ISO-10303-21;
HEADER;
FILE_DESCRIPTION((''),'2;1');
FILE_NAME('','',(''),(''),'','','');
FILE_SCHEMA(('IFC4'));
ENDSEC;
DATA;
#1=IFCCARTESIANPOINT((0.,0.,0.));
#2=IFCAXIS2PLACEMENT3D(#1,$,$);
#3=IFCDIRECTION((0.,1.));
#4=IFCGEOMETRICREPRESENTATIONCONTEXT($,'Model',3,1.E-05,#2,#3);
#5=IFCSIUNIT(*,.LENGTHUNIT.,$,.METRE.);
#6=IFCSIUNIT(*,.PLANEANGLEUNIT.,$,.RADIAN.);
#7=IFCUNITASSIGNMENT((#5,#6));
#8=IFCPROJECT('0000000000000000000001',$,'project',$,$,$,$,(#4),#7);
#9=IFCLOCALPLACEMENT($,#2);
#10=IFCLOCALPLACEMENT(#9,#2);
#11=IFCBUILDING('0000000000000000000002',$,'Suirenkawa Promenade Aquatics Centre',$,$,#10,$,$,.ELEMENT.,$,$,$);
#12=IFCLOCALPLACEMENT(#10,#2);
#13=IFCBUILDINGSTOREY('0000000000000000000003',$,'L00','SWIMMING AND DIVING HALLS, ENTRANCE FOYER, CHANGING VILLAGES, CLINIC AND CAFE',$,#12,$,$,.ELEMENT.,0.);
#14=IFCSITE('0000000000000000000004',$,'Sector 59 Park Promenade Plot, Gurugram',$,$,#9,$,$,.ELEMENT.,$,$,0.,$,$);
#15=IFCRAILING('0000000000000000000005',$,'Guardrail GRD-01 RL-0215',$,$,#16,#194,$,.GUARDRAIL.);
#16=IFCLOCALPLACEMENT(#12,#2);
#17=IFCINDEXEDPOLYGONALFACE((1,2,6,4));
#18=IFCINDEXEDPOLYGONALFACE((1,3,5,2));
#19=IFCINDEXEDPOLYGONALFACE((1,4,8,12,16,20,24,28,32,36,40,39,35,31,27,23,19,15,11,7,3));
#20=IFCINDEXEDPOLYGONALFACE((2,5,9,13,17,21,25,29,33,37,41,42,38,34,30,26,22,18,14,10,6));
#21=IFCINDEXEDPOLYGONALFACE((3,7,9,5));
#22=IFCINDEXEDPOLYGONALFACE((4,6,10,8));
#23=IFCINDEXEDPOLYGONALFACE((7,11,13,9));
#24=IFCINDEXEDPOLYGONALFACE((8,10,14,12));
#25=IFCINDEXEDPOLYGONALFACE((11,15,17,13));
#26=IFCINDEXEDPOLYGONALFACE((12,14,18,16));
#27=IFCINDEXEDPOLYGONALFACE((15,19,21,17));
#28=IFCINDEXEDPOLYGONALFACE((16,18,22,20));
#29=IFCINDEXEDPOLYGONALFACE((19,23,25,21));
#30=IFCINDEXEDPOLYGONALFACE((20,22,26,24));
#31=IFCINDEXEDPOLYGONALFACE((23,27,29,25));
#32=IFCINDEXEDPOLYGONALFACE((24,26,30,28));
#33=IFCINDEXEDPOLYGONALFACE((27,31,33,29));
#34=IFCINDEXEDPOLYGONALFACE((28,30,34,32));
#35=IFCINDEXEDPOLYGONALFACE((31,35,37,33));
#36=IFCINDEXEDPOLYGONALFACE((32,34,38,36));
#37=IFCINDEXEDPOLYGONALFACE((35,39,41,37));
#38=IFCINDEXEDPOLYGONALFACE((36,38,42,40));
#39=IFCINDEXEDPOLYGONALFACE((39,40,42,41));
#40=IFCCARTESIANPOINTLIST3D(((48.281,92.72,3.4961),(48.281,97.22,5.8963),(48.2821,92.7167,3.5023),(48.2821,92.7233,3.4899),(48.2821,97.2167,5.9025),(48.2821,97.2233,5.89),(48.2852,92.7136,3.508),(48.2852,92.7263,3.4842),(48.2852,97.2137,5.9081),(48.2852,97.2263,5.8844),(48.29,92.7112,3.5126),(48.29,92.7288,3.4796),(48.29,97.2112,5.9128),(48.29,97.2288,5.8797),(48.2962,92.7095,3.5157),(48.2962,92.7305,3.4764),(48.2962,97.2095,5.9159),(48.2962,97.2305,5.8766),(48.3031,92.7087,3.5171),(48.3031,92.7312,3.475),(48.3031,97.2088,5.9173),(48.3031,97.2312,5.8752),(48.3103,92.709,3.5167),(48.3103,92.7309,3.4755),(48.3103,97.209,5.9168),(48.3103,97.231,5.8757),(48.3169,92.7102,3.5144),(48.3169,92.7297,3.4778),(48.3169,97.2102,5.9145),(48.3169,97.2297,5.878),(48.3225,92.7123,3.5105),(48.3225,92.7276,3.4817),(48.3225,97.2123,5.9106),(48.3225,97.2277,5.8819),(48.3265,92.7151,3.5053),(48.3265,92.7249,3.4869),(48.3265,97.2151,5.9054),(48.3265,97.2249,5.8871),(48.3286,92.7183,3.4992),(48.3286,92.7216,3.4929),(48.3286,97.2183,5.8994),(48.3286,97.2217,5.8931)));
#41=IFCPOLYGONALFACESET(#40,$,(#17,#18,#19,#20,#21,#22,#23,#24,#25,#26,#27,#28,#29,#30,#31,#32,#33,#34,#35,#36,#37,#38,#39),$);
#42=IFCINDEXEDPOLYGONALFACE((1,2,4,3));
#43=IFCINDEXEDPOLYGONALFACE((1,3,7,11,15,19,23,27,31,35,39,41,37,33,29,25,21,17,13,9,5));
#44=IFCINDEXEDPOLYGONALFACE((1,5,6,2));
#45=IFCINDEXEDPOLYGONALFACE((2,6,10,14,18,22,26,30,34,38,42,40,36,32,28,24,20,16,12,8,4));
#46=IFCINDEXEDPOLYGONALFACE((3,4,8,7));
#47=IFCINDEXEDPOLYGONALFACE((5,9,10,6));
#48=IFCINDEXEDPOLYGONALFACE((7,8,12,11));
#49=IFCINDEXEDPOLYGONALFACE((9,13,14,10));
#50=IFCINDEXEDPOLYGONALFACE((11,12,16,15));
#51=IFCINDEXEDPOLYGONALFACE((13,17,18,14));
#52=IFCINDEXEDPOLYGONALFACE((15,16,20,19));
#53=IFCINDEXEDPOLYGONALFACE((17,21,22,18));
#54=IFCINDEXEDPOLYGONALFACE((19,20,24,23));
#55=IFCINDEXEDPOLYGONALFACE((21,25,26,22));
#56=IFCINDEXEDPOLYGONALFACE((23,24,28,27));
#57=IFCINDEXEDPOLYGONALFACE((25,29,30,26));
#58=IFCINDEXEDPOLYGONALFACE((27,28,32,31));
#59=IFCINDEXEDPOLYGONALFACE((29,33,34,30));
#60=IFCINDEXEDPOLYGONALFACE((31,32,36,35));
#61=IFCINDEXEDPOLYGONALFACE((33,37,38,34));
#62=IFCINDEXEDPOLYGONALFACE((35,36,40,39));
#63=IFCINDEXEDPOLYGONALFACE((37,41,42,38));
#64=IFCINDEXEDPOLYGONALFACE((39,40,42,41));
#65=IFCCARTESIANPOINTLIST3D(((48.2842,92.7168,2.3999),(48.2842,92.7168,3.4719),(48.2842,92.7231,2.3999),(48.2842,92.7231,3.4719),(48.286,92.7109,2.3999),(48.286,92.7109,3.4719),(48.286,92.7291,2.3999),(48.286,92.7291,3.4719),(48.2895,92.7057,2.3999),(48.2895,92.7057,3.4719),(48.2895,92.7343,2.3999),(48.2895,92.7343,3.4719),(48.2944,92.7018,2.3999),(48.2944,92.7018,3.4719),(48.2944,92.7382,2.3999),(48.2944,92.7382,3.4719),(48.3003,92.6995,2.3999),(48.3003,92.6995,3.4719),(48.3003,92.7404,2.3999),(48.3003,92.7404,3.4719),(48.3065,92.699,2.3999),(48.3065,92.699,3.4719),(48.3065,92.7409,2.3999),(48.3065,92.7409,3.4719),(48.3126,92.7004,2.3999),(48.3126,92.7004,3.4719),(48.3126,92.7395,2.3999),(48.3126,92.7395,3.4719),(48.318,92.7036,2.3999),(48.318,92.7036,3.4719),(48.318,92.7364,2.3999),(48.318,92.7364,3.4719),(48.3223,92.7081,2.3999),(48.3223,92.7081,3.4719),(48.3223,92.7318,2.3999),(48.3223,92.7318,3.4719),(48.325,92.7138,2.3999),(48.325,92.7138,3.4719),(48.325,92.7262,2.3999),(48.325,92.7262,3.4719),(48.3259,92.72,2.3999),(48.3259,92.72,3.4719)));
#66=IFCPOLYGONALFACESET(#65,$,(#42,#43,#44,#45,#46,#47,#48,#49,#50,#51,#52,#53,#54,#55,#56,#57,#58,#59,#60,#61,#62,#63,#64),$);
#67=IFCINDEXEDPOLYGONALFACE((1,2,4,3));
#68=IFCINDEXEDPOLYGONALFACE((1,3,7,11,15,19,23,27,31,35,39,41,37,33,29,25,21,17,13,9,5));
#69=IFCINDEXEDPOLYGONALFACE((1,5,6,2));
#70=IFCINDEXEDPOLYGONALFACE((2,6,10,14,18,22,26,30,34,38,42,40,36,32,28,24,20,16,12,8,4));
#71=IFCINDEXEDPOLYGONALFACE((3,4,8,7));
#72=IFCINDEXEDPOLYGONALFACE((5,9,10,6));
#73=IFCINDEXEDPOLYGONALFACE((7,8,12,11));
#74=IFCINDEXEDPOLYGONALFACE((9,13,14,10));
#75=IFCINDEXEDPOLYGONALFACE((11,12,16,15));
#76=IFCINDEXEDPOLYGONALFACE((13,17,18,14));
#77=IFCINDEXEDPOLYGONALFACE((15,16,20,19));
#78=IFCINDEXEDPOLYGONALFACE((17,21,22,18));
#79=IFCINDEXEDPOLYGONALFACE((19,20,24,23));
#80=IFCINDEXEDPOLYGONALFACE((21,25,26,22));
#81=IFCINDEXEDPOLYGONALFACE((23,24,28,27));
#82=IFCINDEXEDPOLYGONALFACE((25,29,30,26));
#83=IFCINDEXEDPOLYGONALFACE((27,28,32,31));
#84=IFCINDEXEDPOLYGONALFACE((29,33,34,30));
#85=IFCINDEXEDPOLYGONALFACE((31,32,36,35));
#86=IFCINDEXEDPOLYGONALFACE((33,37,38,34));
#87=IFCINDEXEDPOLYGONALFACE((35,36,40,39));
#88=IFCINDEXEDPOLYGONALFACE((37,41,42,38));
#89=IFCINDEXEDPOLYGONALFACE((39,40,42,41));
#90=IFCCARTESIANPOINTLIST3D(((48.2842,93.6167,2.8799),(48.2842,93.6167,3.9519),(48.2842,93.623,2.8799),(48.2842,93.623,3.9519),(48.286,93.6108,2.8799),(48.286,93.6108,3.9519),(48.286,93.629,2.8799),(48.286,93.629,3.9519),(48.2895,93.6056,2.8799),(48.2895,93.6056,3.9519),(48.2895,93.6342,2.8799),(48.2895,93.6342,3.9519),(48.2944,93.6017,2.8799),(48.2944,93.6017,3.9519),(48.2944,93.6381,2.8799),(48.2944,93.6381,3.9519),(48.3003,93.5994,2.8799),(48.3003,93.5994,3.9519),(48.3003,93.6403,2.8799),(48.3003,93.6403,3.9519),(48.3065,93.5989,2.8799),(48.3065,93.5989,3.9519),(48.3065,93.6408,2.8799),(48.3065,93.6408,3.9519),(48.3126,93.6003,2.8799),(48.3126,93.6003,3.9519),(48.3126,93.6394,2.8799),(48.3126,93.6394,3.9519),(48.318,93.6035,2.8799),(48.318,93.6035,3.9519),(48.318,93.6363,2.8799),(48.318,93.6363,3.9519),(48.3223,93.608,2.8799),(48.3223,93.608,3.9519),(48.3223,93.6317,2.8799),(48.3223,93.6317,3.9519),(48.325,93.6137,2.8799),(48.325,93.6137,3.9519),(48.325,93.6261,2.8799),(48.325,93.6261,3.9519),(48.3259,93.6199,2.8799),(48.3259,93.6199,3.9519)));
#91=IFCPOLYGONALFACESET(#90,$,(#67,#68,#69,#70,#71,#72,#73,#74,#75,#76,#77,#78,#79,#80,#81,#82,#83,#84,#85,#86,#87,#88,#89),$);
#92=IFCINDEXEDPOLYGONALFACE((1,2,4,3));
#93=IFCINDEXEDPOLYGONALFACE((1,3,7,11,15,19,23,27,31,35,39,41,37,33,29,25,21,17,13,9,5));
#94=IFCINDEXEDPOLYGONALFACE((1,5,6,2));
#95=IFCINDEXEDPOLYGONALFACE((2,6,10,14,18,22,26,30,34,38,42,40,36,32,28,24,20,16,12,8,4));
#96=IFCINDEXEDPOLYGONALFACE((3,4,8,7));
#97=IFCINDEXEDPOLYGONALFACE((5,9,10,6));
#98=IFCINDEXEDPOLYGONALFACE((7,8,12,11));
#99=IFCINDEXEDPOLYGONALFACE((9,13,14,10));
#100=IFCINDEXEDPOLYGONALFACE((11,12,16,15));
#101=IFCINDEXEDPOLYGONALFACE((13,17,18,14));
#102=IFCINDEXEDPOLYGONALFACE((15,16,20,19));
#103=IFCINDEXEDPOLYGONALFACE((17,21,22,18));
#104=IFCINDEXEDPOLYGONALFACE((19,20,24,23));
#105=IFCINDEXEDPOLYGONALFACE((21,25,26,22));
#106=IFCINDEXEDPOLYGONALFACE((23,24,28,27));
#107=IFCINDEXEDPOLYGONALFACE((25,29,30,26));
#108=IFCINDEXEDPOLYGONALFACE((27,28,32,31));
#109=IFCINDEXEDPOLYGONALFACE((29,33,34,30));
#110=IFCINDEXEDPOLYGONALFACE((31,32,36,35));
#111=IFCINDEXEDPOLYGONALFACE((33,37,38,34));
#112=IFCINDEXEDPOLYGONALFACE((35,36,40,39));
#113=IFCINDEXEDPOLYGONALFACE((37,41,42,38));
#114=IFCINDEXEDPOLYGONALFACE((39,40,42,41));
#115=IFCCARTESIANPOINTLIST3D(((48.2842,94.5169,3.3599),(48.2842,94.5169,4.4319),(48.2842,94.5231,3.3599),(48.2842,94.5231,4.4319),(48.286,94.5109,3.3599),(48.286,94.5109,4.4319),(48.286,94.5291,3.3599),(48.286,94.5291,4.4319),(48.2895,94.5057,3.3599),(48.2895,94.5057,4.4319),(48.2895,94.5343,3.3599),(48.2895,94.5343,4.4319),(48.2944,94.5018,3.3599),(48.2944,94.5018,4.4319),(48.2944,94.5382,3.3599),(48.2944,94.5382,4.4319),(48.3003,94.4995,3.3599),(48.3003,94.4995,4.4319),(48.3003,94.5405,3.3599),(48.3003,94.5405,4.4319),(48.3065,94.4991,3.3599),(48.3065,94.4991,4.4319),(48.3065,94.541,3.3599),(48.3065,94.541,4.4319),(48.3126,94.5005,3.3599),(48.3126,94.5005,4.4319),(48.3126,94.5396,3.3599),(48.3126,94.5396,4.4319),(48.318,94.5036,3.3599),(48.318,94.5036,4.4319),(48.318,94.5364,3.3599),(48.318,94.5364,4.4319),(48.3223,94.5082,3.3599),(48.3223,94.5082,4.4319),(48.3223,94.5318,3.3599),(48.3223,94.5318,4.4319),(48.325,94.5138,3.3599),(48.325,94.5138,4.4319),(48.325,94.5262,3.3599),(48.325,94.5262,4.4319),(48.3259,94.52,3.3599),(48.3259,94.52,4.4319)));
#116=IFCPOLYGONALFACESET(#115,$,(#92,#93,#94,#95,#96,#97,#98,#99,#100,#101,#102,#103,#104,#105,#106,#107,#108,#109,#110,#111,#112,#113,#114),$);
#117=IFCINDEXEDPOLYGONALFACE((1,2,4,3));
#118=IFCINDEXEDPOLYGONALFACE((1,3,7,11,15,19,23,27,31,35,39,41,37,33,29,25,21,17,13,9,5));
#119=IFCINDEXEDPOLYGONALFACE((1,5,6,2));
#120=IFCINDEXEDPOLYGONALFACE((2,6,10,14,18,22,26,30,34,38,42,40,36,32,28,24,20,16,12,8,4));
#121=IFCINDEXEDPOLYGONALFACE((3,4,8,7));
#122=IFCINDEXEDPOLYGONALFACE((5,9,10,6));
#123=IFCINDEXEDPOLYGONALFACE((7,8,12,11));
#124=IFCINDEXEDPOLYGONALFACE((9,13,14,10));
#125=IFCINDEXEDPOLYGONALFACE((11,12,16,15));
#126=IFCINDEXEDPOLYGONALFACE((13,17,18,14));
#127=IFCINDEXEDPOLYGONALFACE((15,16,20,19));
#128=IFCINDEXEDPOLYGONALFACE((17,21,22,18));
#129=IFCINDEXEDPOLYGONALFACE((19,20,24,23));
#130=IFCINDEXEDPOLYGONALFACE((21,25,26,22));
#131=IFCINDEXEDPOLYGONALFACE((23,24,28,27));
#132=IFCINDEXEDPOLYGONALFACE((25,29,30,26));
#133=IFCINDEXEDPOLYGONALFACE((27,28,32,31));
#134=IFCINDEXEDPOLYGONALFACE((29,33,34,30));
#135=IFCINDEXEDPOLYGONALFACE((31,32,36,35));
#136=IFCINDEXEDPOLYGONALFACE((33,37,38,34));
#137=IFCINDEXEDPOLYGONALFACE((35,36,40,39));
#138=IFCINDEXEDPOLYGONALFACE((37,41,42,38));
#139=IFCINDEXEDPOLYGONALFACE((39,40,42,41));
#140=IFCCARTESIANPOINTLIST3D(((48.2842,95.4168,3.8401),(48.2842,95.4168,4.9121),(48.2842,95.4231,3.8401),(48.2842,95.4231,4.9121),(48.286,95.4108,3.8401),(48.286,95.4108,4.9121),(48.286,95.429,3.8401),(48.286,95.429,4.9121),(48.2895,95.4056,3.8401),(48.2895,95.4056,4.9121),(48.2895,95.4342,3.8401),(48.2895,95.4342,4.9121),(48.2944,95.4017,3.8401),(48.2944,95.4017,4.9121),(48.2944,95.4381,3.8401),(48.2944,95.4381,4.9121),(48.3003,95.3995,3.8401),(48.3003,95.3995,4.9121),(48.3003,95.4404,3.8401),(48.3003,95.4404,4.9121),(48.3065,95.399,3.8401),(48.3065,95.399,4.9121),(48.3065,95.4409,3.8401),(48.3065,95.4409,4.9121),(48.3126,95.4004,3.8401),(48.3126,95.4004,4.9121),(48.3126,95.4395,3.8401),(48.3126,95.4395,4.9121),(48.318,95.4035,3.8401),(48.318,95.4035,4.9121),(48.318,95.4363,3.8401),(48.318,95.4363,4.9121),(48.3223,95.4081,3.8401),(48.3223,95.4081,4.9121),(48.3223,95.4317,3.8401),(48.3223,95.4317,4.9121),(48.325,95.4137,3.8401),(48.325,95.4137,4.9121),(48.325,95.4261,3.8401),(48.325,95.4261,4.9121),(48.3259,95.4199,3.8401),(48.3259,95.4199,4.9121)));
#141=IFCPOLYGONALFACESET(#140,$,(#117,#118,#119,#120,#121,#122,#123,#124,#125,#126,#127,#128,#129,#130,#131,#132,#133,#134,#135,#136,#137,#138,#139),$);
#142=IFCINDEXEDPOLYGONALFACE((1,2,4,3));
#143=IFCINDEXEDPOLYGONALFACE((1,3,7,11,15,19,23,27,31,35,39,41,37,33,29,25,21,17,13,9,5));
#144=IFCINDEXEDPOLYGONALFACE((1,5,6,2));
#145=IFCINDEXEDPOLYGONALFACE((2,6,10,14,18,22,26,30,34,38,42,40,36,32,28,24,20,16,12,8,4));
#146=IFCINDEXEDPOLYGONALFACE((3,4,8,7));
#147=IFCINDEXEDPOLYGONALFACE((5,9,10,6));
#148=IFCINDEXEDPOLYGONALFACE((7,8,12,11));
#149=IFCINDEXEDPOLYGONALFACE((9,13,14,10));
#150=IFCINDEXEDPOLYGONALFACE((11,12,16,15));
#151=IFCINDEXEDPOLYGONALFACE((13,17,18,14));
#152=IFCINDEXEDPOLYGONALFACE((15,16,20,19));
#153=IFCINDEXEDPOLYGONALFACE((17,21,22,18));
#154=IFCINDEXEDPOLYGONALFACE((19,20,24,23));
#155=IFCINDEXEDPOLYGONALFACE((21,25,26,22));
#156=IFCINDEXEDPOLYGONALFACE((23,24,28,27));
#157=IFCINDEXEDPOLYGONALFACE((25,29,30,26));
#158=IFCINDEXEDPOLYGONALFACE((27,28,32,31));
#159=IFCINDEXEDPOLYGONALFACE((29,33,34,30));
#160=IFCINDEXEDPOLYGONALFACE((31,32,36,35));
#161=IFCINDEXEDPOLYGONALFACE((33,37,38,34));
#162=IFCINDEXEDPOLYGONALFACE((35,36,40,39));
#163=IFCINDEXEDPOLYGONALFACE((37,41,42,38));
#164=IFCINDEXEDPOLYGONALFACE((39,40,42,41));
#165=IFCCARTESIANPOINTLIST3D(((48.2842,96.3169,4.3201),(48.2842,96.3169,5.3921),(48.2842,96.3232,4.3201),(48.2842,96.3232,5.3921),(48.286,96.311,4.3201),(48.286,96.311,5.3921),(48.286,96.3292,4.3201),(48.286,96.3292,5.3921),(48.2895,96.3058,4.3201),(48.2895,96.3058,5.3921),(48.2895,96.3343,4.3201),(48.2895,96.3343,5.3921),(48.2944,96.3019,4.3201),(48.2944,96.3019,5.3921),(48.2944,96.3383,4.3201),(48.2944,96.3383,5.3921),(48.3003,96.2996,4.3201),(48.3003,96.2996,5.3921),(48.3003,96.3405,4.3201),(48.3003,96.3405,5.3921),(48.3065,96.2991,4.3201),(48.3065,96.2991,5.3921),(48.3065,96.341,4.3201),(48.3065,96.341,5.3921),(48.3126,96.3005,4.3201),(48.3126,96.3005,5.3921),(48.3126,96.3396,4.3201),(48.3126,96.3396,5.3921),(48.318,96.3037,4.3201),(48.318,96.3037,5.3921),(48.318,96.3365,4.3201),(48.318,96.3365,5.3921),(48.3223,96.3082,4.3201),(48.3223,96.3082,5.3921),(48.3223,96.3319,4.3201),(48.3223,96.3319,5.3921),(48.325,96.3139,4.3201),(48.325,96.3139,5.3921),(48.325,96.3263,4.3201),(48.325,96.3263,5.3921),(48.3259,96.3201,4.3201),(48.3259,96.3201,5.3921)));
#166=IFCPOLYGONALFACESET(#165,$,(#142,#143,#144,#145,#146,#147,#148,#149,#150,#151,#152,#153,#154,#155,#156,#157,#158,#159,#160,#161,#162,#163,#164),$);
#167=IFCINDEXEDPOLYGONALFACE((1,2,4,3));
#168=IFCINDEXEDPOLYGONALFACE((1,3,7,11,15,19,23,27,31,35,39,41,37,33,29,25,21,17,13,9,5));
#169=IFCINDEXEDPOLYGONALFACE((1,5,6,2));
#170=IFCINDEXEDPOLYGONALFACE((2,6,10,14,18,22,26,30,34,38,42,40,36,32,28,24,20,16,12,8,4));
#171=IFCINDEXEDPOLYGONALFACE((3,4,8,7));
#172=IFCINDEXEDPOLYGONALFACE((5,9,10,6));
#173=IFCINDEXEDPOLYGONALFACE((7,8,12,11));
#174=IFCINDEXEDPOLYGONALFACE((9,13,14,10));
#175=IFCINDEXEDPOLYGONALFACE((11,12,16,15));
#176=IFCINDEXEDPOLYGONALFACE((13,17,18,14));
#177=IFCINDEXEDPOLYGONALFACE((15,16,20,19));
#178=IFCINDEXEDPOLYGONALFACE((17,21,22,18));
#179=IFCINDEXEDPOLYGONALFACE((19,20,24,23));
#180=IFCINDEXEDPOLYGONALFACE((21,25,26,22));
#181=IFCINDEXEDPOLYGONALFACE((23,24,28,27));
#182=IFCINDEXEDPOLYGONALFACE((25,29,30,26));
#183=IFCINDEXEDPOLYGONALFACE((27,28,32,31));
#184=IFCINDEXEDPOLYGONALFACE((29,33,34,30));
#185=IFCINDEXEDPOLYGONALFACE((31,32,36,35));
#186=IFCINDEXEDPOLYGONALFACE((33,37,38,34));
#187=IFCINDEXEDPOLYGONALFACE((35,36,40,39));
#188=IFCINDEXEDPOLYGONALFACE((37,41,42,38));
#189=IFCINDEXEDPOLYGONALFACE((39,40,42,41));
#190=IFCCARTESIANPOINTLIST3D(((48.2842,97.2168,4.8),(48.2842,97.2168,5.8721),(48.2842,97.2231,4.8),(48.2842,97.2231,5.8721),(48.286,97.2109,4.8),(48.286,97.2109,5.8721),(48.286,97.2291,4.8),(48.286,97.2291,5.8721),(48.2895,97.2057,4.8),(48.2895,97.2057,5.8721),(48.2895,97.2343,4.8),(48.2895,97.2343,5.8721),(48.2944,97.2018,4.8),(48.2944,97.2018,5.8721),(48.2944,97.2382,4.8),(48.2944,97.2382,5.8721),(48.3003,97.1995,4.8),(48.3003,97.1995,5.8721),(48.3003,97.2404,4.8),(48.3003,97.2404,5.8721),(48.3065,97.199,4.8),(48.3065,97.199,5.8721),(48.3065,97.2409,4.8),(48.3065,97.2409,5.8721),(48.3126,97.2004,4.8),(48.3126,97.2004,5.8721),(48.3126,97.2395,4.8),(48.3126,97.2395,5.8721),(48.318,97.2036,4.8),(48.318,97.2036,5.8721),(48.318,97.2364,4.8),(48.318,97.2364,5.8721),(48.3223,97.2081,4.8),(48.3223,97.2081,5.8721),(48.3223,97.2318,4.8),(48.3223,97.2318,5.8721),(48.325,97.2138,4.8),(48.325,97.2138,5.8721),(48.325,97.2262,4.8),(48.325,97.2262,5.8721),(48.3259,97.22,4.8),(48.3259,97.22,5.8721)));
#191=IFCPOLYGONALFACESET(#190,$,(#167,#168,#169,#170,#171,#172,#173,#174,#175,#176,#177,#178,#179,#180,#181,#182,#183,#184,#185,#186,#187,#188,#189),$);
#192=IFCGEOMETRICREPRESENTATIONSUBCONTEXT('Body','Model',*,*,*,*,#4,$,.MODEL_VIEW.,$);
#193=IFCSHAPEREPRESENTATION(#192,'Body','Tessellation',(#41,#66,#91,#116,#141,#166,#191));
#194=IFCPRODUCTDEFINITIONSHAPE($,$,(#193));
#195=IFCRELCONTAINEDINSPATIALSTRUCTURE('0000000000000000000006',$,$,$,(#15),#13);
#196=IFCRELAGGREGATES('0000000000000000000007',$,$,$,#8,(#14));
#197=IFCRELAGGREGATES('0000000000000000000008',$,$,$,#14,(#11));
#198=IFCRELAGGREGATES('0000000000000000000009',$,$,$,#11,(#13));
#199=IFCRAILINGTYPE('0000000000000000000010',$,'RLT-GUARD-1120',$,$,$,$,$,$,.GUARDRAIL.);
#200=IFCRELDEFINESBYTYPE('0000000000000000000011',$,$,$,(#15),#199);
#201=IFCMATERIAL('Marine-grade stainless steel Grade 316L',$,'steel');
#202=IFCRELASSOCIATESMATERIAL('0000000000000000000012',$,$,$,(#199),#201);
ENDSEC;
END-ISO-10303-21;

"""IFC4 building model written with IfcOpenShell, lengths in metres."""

from ifc_helpers import new_model, si_unit, direction, frame, origin, origin_2d, place, context, subcontext, project, spatial, circle, extrude, material, type_object, element, save


model = new_model("IFC4")

# Units and contexts
model_context = context("Model", 3, precision=1e-05, world=origin(), true_north=direction((0.0, 1.0)))
body_context = subcontext(model_context, "Body", "Model", "MODEL_VIEW")
ifc_project = project(units=[si_unit("LENGTHUNIT", "METRE"), si_unit("PLANEANGLEUNIT", "RADIAN")], contexts=[model_context])

# Site, building, storey
site_placement = place(None, origin())
site = spatial("IfcSite", under=ifc_project, at=site_placement, Name="Sector 59 Park Promenade Plot, Gurugram", CompositionType="ELEMENT", RefElevation=0.0)
building_placement = place(site_placement, origin())
building = spatial("IfcBuilding", under=site, at=building_placement, Name="Suirenkawa Promenade Aquatics Centre", CompositionType="ELEMENT")
storey_placement = place(building_placement, origin())
storey = spatial("IfcBuildingStorey", under=building, at=storey_placement, Name="L00", Description="SWIMMING AND DIVING HALLS, ENTRANCE FOYER, CHANGING VILLAGES, CLINIC AND CAFE", CompositionType="ELEMENT", Elevation=0.0)

# Railing
ifc_material_1 = material(Name="Marine-grade stainless steel Grade 316L", Category="steel")
railing_type_1 = type_object("IfcRailingType", Name="RLT-GUARD-1120", PredefinedType="GUARDRAIL", material=ifc_material_1)
for number, where, name in (
    (1, (48.3049, 92.72, 2.3999), "Guardrail GRD-01 RL-0215"),
):
    element("IfcRailing", number, at=place(storey_placement, frame(where)), inside=storey, type_object=railing_type_1, Name=name, PredefinedType="GUARDRAIL", context=body_context, shape_type="SweptSolid", body=[
        extrude(circle(Radius=0.0239, at=origin_2d()), frame((0.0, 0.0, 1.0962), z_axis=(0.0, 0.882341, 0.470611), x_axis=(-1.0, 0.0, 0.0)), (0.0, 0.0, 1.0), 5.1001),
        extrude(circle(Radius=0.021, at=origin_2d()), origin(), (0.0, 0.0, 1.0), 1.072),
        extrude(circle(Radius=0.021, at=origin_2d()), frame((0.0, 0.8999, 0.48)), (0.0, 0.0, 1.0), 1.072),
        extrude(circle(Radius=0.021, at=origin_2d()), frame((0.0, 1.8, 0.96)), (0.0, 0.0, 1.0), 1.072),
        extrude(circle(Radius=0.021, at=origin_2d()), frame((0.0, 2.7, 1.4402)), (0.0, 0.0, 1.0), 1.072),
        extrude(circle(Radius=0.021, at=origin_2d()), frame((0.0, 3.6001, 1.9202)), (0.0, 0.0, 1.0), 1.072),
        extrude(circle(Radius=0.021, at=origin_2d()), frame((0.0, 4.5, 2.4001)), (0.0, 0.0, 1.0), 1.072),
    ])

save(model, "model.ifc")
